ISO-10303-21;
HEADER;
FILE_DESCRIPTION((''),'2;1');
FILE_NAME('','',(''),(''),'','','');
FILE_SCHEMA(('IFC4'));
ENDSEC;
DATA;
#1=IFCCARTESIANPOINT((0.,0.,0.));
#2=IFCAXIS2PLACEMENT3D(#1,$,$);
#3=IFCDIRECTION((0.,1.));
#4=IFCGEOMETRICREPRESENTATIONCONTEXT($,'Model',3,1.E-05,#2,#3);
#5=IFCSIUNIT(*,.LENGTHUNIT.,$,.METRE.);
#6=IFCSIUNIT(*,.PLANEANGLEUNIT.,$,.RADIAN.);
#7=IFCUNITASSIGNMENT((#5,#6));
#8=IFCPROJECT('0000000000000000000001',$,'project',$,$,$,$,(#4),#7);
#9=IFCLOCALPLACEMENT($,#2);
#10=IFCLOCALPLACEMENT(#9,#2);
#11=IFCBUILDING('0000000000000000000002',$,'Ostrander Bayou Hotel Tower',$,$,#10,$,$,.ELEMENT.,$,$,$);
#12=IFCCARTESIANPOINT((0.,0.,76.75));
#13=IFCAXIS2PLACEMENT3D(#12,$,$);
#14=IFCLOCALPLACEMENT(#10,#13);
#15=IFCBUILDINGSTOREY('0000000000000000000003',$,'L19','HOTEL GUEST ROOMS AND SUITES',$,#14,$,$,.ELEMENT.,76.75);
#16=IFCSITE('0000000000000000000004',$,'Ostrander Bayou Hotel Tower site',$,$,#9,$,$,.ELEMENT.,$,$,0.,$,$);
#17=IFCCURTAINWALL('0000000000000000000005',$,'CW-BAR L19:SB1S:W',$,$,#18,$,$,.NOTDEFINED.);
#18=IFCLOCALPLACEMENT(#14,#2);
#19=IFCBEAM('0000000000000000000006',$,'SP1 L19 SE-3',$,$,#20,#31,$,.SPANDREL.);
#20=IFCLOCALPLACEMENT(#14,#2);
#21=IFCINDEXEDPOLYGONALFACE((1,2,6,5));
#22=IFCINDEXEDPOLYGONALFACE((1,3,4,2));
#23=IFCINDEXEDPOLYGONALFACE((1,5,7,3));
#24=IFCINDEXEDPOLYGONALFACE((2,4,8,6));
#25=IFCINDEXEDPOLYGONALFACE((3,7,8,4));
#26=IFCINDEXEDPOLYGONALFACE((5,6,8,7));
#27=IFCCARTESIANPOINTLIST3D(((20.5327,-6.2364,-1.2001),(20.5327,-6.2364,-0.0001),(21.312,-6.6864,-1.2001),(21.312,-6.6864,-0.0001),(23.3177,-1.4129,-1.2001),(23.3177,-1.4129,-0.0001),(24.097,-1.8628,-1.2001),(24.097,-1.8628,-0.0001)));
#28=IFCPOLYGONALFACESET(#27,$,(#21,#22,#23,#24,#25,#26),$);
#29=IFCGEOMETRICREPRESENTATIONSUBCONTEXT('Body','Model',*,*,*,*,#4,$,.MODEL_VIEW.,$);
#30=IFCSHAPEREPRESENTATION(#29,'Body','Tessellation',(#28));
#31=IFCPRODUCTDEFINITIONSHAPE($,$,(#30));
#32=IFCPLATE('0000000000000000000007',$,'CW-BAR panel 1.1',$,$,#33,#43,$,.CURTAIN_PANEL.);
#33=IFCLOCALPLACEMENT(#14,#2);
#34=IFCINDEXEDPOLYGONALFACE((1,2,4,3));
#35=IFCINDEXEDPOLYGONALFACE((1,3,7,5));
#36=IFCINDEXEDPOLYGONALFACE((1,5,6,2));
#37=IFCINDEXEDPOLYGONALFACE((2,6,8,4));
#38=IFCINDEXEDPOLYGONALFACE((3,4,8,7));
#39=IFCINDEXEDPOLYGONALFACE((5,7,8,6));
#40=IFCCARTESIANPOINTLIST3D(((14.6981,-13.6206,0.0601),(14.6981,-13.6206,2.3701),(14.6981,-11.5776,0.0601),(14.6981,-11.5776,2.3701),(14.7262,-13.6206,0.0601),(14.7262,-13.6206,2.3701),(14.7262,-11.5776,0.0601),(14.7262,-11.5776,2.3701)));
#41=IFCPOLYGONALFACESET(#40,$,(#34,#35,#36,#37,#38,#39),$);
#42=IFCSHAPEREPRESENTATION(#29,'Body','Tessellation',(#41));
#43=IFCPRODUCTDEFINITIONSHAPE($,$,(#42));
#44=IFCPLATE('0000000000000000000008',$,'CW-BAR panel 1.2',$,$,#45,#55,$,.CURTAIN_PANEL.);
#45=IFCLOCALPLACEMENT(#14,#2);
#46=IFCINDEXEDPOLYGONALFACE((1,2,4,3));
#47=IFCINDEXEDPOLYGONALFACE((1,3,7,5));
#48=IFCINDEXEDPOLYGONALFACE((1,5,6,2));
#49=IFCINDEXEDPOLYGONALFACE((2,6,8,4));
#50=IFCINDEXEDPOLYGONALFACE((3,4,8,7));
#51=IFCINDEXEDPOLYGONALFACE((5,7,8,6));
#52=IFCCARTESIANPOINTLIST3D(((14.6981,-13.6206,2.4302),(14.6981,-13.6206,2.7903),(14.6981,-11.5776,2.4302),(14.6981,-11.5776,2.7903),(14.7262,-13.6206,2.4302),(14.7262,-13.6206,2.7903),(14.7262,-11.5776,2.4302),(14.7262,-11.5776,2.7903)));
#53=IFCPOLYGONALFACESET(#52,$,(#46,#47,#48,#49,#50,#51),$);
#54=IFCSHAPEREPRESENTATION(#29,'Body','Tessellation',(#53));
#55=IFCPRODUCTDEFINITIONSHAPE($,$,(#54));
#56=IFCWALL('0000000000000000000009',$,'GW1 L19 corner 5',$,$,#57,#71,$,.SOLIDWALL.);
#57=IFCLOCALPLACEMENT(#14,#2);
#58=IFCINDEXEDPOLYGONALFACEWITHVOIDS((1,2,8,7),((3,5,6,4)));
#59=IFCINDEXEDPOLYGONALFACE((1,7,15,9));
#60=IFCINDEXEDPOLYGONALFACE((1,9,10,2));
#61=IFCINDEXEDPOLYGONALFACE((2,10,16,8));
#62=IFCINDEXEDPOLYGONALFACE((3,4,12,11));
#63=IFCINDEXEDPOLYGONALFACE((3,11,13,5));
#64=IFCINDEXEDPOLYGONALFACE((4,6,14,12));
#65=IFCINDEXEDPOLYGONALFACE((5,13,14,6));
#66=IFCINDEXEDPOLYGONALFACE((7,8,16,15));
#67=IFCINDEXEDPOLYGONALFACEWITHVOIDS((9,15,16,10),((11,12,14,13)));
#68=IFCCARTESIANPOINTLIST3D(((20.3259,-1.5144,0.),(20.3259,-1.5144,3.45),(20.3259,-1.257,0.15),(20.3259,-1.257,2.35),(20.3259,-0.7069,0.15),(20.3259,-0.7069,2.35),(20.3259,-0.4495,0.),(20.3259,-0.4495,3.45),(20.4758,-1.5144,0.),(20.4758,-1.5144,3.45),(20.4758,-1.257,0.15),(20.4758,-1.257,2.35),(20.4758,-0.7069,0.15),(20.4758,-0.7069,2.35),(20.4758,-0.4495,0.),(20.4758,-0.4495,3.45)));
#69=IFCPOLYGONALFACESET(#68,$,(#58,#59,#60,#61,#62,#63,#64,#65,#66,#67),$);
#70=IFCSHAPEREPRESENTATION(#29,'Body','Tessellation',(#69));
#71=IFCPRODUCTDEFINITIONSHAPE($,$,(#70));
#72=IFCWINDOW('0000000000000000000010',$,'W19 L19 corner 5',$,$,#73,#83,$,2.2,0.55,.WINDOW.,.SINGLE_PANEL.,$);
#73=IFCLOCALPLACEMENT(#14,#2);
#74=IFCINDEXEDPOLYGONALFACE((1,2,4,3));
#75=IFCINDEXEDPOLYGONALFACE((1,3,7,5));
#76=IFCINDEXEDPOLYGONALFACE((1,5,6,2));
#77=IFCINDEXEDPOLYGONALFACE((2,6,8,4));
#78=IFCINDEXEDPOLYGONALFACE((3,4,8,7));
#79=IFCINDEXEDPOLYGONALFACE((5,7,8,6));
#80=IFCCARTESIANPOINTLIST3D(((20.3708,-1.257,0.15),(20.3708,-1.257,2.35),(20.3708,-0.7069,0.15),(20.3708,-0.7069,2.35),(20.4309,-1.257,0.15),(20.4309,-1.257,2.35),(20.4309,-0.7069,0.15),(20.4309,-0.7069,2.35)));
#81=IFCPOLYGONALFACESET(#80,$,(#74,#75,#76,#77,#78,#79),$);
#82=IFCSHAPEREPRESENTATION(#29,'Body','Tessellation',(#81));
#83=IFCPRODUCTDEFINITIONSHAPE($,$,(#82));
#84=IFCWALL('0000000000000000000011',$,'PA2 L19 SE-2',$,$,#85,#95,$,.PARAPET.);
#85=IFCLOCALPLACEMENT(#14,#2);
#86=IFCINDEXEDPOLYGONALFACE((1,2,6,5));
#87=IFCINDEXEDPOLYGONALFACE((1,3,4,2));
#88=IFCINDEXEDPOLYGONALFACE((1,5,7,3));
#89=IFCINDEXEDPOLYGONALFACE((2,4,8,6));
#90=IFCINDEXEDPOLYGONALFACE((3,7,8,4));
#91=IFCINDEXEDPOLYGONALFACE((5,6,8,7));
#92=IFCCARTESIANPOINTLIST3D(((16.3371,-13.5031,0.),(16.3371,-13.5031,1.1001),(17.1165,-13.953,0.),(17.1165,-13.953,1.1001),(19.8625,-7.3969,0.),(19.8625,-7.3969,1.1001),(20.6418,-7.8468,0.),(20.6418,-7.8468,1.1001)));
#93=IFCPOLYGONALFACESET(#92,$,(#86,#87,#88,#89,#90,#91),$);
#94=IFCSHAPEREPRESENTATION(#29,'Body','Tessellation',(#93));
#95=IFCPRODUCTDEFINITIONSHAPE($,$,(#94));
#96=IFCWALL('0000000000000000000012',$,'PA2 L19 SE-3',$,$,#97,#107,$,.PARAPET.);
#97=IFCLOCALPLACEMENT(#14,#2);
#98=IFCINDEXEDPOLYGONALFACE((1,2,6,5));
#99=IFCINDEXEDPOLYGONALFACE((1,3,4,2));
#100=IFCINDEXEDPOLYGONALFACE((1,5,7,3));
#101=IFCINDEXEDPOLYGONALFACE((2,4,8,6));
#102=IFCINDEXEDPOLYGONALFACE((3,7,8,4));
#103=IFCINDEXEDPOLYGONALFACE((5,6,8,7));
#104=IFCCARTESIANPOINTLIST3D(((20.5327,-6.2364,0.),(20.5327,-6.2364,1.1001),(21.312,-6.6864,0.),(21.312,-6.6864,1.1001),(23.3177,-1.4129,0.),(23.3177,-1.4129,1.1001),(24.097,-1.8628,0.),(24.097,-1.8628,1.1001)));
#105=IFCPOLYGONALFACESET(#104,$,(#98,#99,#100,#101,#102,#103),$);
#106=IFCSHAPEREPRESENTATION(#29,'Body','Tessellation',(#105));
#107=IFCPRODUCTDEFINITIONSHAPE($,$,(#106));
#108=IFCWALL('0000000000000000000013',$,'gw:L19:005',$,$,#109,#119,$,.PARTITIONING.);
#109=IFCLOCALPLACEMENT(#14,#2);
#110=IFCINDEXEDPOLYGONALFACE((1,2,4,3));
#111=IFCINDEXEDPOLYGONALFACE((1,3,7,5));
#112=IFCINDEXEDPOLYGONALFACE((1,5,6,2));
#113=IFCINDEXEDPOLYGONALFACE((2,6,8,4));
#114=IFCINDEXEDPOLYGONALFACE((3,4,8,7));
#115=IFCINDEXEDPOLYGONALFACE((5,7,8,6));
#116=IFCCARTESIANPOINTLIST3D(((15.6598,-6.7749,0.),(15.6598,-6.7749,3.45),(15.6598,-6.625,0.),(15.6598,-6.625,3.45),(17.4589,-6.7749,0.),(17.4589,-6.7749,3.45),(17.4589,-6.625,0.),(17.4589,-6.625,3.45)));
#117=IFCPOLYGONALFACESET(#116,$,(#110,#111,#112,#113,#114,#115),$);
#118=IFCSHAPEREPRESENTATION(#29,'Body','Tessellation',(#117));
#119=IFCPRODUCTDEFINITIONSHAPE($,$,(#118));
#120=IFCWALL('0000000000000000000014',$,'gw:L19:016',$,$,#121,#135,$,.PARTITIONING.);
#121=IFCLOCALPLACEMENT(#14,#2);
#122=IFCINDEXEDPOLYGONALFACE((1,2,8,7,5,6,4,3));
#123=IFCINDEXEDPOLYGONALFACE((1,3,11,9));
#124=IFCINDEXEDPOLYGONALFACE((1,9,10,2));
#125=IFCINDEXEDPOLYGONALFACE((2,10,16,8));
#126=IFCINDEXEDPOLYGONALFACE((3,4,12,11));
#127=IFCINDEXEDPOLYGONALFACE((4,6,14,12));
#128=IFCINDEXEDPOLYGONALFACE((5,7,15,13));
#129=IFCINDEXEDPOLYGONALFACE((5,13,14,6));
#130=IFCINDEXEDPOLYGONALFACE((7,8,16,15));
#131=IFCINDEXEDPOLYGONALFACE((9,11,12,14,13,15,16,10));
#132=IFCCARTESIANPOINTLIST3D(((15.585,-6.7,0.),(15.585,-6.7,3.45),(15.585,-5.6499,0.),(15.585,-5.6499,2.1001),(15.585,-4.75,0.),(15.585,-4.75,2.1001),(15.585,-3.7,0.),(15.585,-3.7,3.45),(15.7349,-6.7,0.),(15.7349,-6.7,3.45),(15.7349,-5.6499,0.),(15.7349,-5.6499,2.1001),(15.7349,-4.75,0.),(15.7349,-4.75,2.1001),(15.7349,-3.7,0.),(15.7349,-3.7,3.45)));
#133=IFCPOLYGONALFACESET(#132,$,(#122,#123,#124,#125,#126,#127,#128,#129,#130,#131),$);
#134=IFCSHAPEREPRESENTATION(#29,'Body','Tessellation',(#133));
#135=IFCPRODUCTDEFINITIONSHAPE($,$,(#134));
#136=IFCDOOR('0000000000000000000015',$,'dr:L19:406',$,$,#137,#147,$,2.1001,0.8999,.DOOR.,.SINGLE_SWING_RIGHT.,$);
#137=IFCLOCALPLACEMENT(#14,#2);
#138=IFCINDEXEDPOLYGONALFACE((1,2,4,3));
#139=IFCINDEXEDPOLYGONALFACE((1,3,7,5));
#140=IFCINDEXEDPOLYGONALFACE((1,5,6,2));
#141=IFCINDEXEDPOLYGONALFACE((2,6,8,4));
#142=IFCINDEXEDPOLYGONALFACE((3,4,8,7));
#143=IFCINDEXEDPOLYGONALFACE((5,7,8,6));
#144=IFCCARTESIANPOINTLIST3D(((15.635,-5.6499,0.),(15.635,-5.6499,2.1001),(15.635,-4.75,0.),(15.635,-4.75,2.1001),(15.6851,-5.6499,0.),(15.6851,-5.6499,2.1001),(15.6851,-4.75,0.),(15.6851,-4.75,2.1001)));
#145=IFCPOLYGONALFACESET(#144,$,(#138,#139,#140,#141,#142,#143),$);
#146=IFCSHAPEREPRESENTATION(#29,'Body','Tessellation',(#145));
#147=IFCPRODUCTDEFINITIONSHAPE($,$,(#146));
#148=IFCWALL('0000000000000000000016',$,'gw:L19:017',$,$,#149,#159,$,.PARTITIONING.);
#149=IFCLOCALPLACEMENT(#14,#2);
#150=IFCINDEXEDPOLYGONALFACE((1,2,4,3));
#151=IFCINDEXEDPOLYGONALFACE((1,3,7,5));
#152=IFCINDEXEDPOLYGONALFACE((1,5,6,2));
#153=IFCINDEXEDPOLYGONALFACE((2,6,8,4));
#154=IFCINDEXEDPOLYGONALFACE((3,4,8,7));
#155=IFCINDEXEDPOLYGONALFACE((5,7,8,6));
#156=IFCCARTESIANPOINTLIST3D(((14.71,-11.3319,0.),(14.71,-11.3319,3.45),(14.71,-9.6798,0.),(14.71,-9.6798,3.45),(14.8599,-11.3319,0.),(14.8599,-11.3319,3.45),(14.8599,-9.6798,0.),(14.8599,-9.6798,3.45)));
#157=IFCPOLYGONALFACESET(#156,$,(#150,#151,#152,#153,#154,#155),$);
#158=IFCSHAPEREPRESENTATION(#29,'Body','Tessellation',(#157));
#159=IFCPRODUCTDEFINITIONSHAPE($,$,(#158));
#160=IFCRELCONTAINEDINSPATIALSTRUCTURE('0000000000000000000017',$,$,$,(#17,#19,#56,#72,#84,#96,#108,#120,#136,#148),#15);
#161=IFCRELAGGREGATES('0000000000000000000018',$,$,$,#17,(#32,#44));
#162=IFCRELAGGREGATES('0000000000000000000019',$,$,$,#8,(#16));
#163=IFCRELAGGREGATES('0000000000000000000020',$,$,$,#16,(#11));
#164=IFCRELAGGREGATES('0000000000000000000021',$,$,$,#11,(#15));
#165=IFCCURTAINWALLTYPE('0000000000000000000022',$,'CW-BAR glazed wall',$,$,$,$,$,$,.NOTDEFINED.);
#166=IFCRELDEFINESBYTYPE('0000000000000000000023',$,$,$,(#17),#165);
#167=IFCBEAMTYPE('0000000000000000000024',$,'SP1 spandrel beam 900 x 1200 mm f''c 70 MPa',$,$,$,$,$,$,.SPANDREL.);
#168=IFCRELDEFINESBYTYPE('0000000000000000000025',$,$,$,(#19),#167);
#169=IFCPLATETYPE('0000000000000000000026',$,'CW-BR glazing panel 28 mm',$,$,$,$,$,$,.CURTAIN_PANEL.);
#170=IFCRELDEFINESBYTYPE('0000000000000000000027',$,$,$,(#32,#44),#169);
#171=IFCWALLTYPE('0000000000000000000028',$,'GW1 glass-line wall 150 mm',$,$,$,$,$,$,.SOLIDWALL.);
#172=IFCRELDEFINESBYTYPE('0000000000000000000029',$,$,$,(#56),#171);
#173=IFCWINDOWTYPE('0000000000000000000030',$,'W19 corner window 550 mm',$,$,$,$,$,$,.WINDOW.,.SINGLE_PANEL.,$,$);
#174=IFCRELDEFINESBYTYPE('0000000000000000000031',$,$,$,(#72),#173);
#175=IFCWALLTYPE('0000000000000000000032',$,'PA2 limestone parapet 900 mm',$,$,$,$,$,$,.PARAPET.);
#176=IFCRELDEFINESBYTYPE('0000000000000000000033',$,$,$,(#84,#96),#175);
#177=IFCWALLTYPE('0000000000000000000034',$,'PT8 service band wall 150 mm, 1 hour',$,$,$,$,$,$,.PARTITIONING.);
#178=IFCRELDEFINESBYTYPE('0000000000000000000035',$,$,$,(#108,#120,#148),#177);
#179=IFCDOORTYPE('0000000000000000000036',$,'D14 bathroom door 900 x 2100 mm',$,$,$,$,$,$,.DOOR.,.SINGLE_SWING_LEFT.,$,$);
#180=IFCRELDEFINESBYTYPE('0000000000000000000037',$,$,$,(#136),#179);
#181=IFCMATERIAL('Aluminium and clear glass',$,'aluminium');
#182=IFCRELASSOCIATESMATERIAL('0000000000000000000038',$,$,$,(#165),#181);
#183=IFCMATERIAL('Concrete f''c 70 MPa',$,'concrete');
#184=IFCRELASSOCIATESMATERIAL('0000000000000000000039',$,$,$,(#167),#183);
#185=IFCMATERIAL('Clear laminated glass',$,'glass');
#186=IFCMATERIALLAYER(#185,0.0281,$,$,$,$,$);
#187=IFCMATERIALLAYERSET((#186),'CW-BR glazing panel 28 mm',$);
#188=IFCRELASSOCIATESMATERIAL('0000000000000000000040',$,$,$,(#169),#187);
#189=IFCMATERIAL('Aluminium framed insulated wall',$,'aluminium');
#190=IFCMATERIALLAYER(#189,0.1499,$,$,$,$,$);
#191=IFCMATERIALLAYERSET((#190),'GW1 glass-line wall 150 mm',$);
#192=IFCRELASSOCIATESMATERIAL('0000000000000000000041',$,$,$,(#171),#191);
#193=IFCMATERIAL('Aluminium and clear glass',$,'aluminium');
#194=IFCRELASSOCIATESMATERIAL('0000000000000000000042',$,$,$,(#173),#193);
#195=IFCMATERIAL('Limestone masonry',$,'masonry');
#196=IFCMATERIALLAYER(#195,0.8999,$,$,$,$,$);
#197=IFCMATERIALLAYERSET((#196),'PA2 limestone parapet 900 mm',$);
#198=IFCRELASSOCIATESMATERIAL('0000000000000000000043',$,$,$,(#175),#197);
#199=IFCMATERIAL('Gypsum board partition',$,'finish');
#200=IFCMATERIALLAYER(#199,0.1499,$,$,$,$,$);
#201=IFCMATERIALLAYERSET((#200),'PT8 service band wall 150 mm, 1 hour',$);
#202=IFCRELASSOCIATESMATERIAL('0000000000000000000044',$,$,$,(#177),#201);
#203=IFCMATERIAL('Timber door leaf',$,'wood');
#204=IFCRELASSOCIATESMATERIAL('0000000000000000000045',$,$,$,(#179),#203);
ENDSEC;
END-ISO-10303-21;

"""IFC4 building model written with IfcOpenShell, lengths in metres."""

from ifc_helpers import new_model, si_unit, direction, frame, frame_2d, origin, origin_2d, place, context, subcontext, project, spatial, rectangle, extrude, material, layer, layer_set, material_profile, profile_set, type_object, element, fill, aggregate, save


model = new_model("IFC4")

# Units and contexts
model_context = context("Model", 3, precision=1e-05, world=origin(), true_north=direction((0.0, 1.0)))
body_context = subcontext(model_context, "Body", "Model", "MODEL_VIEW")
ifc_project = project(units=[si_unit("LENGTHUNIT", "METRE"), si_unit("PLANEANGLEUNIT", "RADIAN")], contexts=[model_context])

# Site, building, storey
site_placement = place(None, origin())
site = spatial("IfcSite", under=ifc_project, at=site_placement, Name="Ostrander Bayou Hotel Tower site", CompositionType="ELEMENT", RefElevation=0.0)
building_placement = place(site_placement, origin())
building = spatial("IfcBuilding", under=site, at=building_placement, Name="Ostrander Bayou Hotel Tower", CompositionType="ELEMENT")
storey_placement = place(building_placement, frame((0.0, 0.0, 76.75)))
storey = spatial("IfcBuildingStorey", under=building, at=storey_placement, Name="L19", Description="HOTEL GUEST ROOMS AND SUITES", CompositionType="ELEMENT", Elevation=76.75)

# Curtain wall
ifc_material_1 = material(Name="Aluminium and clear glass", Category="aluminium")
curtain_wall_type = type_object("IfcCurtainWallType", Name="CW-BAR glazed wall", PredefinedType="NOTDEFINED", material=ifc_material_1)
curtain_wall_placement = place(storey_placement, origin())
curtain_wall = element("IfcCurtainWall", 1, at=curtain_wall_placement, inside=storey, type_object=curtain_wall_type, Name="CW-BAR L19:SB1S:W", PredefinedType="NOTDEFINED")

# Beam
ifc_material_2 = material(Name="Concrete f'c 70 MPa", Category="concrete")
ifc_material_profile_1 = material_profile(ifc_material_2, rectangle(XDim=0.8999, YDim=1.2, at=origin_2d()))
ifc_profile_set_1 = profile_set([ifc_material_profile_1], Name="Concrete f'c 70 MPa")
beam_type_1 = type_object("IfcBeamType", Name="SP1 spandrel beam 900 x 1200 mm f'c 70 MPa", PredefinedType="SPANDREL", material=ifc_profile_set_1)
beam_1_placement = place(storey_placement, frame((20.9224, -6.4614, -0.6001), z_axis=(0.50001, 0.86602, 0.0), x_axis=(-0.86602, 0.50001, 0.0)))
element("IfcBeam", 2, at=beam_1_placement, inside=storey, type_object=beam_type_1, Name="SP1 L19 SE-3", PredefinedType="SPANDREL", context=body_context, shape_type="SweptSolid", body=[
    extrude(rectangle(XDim=0.8999, YDim=1.2, at=origin_2d()), origin(), (0.0, 0.0, 1.0), 5.5698),
])

# Plates
ifc_material_3 = material(Name="Clear laminated glass", Category="glass")
ifc_layer_1 = layer(ifc_material_3, 0.0281)
ifc_layer_set_1 = layer_set([ifc_layer_1], Name="CW-BR glazing panel 28 mm")
plate_type = type_object("IfcPlateType", Name="CW-BR glazing panel 28 mm", PredefinedType="CURTAIN_PANEL", material=ifc_layer_set_1)
plate_1_placement = place(storey_placement, frame((14.7122, -12.5991, 0.0601), z_axis=(0.0, 0.0, 1.0), x_axis=(0.0, -1.0, 0.0)))
plate_1 = element("IfcPlate", 3, at=plate_1_placement, type_object=plate_type, Name="CW-BAR panel 1.1", PredefinedType="CURTAIN_PANEL", context=body_context, shape_type="SweptSolid", body=[
    extrude(rectangle(XDim=2.043, YDim=0.0281, at=origin_2d()), origin(), (0.0, 0.0, 1.0), 2.3101),
])
plate_2_placement = place(storey_placement, frame((14.7122, -12.5991, 2.4302), z_axis=(0.0, 0.0, 1.0), x_axis=(0.0, -1.0, 0.0)))
plate_2 = element("IfcPlate", 4, at=plate_2_placement, type_object=plate_type, Name="CW-BAR panel 1.2", PredefinedType="CURTAIN_PANEL", context=body_context, shape_type="SweptSolid", body=[
    extrude(rectangle(XDim=2.043, YDim=0.0281, at=origin_2d()), origin(), (0.0, 0.0, 1.0), 0.3601),
])
aggregate(curtain_wall, [plate_1, plate_2])

# Wall, opening, window
ifc_material_4 = material(Name="Aluminium framed insulated wall", Category="aluminium")
ifc_layer_2 = layer(ifc_material_4, 0.1499)
ifc_layer_set_2 = layer_set([ifc_layer_2], Name="GW1 glass-line wall 150 mm")
wall_type_1 = type_object("IfcWallType", Name="GW1 glass-line wall 150 mm", PredefinedType="SOLIDWALL", material=ifc_layer_set_2)
wall_1_placement = place(storey_placement, frame((20.4009, -1.5144, 0.0), z_axis=(0.0, 0.0, 1.0), x_axis=(0.0, 1.0, 0.0)))
wall_1 = element("IfcWall", 5, at=wall_1_placement, inside=storey, type_object=wall_type_1, Name="GW1 L19 corner 5", PredefinedType="SOLIDWALL", context=body_context, shape_type="SweptSolid", body=[
    extrude(rectangle(XDim=1.0649, YDim=0.1499, at=frame_2d((0.5325, 0.0))), origin(), (0.0, 0.0, 1.0), 3.45),
])
opening_1_placement = place(wall_1_placement, frame((0.2576, 0.0, 0.1499)))
opening_1 = element("IfcOpeningElement", 6, at=opening_1_placement, cuts=wall_1, PredefinedType="OPENING", context=body_context, shape_type="SweptSolid", body=[
    extrude(rectangle(XDim=0.55, YDim=2.2, at=frame_2d((0.2749, 1.1001))), frame((0.0, 0.075, 0.0), z_axis=(0.0, -1.0, 0.0), x_axis=(1.0, 0.0, 0.0)), (0.0, 0.0, 1.0), 0.1499),
])
ifc_material_5 = material(Name="Aluminium and clear glass", Category="aluminium")
window_type = type_object("IfcWindowType", Name="W19 corner window 550 mm", PartitioningType="SINGLE_PANEL", PredefinedType="WINDOW", material=ifc_material_5)
window_placement = place(opening_1_placement, origin())
window = element("IfcWindow", 7, at=window_placement, inside=storey, type_object=window_type, Name="W19 L19 corner 5", OverallHeight=2.2, OverallWidth=0.55, PartitioningType="SINGLE_PANEL", PredefinedType="WINDOW", context=body_context, shape_type="SweptSolid", body=[
    extrude(rectangle(XDim=0.55, YDim=2.2, at=frame_2d((0.2749, 1.1001))), frame((0.0, 0.03, 0.0), z_axis=(0.0, -1.0, 0.0), x_axis=(1.0, 0.0, 0.0)), (0.0, 0.0, 1.0), 0.0601),
])
fill(opening_1, window)

# Walls
ifc_material_6 = material(Name="Limestone masonry", Category="masonry")
ifc_layer_3 = layer(ifc_material_6, 0.8999)
ifc_layer_set_3 = layer_set([ifc_layer_3], Name="PA2 limestone parapet 900 mm")
wall_type_2 = type_object("IfcWallType", Name="PA2 limestone parapet 900 mm", PredefinedType="PARAPET", material=ifc_layer_set_3)
wall_2_placement = place(storey_placement, frame((16.7268, -13.728, 0.0), z_axis=(0.0, 0.0, 1.0), x_axis=(0.499997, 0.866027, 0.0)))
element("IfcWall", 8, at=wall_2_placement, inside=storey, type_object=wall_type_2, Name="PA2 L19 SE-2", PredefinedType="PARAPET", context=body_context, shape_type="SweptSolid", body=[
    extrude(rectangle(XDim=7.0508, YDim=0.8999, at=frame_2d((3.5254, 0.0))), origin(), (0.0, 0.0, 1.0), 1.1001),
])
wall_3_placement = place(storey_placement, frame((20.9224, -6.4614, 0.0), z_axis=(0.0, 0.0, 1.0), x_axis=(0.50001, 0.86602, 0.0)))
element("IfcWall", 9, at=wall_3_placement, inside=storey, type_object=wall_type_2, Name="PA2 L19 SE-3", PredefinedType="PARAPET", context=body_context, shape_type="SweptSolid", body=[
    extrude(rectangle(XDim=5.5698, YDim=0.8999, at=frame_2d((2.7849, 0.0))), origin(), (0.0, 0.0, 1.0), 1.1001),
])
ifc_material_7 = material(Name="Gypsum board partition", Category="finish")
ifc_layer_4 = layer(ifc_material_7, 0.1499)
ifc_layer_set_4 = layer_set([ifc_layer_4], Name="PT8 service band wall 150 mm, 1 hour")
wall_type_3 = type_object("IfcWallType", Name="PT8 service band wall 150 mm, 1 hour", PredefinedType="PARTITIONING", material=ifc_layer_set_4)
wall_4_placement = place(storey_placement, frame((15.6599, -6.7, 0.0), z_axis=(0.0, 0.0, 1.0), x_axis=(1.0, 0.0, 0.0)))
element("IfcWall", 10, at=wall_4_placement, inside=storey, type_object=wall_type_3, Name="gw:L19:005", PredefinedType="PARTITIONING", context=body_context, shape_type="SweptSolid", body=[
    extrude(rectangle(XDim=1.7991, YDim=0.1499, at=frame_2d((0.8994, 0.0))), origin(), (0.0, 0.0, 1.0), 3.45),
])

# Wall, opening, door
wall_5_placement = place(storey_placement, frame((15.6599, -6.7, 0.0), z_axis=(0.0, 0.0, 1.0), x_axis=(0.0, 1.0, 0.0)))
wall_5 = element("IfcWall", 11, at=wall_5_placement, inside=storey, type_object=wall_type_3, Name="gw:L19:016", PredefinedType="PARTITIONING", context=body_context, shape_type="SweptSolid", body=[
    extrude(rectangle(XDim=3.0, YDim=0.1499, at=frame_2d((1.5, 0.0))), origin(), (0.0, 0.0, 1.0), 3.45),
])
opening_2_placement = place(wall_5_placement, frame((1.05, 0.0, 0.0)))
opening_2 = element("IfcOpeningElement", 12, at=opening_2_placement, cuts=wall_5, PredefinedType="OPENING", context=body_context, shape_type="SweptSolid", body=[
    extrude(rectangle(XDim=0.8999, YDim=2.1001, at=frame_2d((0.45, 1.05))), frame((0.0, 0.075, 0.0), z_axis=(0.0, -1.0, 0.0), x_axis=(1.0, 0.0, 0.0)), (0.0, 0.0, 1.0), 0.1499),
])
ifc_material_8 = material(Name="Timber door leaf", Category="wood")
door_type = type_object("IfcDoorType", Name="D14 bathroom door 900 x 2100 mm", OperationType="SINGLE_SWING_LEFT", PredefinedType="DOOR", material=ifc_material_8)
door_placement = place(opening_2_placement, origin())
door = element("IfcDoor", 13, at=door_placement, inside=storey, type_object=door_type, Name="dr:L19:406", OperationType="SINGLE_SWING_RIGHT", OverallHeight=2.1001, OverallWidth=0.8999, PredefinedType="DOOR", context=body_context, shape_type="SweptSolid", body=[
    extrude(rectangle(XDim=0.8999, YDim=2.1001, at=frame_2d((0.45, 1.05))), frame((0.0, 0.0249, 0.0), z_axis=(0.0, -1.0, 0.0), x_axis=(1.0, 0.0, 0.0)), (0.0, 0.0, 1.0), 0.05),
])
fill(opening_2, door)

# Wall
wall_6_placement = place(storey_placement, frame((14.7849, -11.332, 0.0), z_axis=(0.0, 0.0, 1.0), x_axis=(0.0, 1.0, 0.0)))
element("IfcWall", 14, at=wall_6_placement, inside=storey, type_object=wall_type_3, Name="gw:L19:017", PredefinedType="PARTITIONING", context=body_context, shape_type="SweptSolid", body=[
    extrude(rectangle(XDim=1.6521, YDim=0.1499, at=frame_2d((0.8262, 0.0))), origin(), (0.0, 0.0, 1.0), 3.45),
])

save(model, "model.ifc")
